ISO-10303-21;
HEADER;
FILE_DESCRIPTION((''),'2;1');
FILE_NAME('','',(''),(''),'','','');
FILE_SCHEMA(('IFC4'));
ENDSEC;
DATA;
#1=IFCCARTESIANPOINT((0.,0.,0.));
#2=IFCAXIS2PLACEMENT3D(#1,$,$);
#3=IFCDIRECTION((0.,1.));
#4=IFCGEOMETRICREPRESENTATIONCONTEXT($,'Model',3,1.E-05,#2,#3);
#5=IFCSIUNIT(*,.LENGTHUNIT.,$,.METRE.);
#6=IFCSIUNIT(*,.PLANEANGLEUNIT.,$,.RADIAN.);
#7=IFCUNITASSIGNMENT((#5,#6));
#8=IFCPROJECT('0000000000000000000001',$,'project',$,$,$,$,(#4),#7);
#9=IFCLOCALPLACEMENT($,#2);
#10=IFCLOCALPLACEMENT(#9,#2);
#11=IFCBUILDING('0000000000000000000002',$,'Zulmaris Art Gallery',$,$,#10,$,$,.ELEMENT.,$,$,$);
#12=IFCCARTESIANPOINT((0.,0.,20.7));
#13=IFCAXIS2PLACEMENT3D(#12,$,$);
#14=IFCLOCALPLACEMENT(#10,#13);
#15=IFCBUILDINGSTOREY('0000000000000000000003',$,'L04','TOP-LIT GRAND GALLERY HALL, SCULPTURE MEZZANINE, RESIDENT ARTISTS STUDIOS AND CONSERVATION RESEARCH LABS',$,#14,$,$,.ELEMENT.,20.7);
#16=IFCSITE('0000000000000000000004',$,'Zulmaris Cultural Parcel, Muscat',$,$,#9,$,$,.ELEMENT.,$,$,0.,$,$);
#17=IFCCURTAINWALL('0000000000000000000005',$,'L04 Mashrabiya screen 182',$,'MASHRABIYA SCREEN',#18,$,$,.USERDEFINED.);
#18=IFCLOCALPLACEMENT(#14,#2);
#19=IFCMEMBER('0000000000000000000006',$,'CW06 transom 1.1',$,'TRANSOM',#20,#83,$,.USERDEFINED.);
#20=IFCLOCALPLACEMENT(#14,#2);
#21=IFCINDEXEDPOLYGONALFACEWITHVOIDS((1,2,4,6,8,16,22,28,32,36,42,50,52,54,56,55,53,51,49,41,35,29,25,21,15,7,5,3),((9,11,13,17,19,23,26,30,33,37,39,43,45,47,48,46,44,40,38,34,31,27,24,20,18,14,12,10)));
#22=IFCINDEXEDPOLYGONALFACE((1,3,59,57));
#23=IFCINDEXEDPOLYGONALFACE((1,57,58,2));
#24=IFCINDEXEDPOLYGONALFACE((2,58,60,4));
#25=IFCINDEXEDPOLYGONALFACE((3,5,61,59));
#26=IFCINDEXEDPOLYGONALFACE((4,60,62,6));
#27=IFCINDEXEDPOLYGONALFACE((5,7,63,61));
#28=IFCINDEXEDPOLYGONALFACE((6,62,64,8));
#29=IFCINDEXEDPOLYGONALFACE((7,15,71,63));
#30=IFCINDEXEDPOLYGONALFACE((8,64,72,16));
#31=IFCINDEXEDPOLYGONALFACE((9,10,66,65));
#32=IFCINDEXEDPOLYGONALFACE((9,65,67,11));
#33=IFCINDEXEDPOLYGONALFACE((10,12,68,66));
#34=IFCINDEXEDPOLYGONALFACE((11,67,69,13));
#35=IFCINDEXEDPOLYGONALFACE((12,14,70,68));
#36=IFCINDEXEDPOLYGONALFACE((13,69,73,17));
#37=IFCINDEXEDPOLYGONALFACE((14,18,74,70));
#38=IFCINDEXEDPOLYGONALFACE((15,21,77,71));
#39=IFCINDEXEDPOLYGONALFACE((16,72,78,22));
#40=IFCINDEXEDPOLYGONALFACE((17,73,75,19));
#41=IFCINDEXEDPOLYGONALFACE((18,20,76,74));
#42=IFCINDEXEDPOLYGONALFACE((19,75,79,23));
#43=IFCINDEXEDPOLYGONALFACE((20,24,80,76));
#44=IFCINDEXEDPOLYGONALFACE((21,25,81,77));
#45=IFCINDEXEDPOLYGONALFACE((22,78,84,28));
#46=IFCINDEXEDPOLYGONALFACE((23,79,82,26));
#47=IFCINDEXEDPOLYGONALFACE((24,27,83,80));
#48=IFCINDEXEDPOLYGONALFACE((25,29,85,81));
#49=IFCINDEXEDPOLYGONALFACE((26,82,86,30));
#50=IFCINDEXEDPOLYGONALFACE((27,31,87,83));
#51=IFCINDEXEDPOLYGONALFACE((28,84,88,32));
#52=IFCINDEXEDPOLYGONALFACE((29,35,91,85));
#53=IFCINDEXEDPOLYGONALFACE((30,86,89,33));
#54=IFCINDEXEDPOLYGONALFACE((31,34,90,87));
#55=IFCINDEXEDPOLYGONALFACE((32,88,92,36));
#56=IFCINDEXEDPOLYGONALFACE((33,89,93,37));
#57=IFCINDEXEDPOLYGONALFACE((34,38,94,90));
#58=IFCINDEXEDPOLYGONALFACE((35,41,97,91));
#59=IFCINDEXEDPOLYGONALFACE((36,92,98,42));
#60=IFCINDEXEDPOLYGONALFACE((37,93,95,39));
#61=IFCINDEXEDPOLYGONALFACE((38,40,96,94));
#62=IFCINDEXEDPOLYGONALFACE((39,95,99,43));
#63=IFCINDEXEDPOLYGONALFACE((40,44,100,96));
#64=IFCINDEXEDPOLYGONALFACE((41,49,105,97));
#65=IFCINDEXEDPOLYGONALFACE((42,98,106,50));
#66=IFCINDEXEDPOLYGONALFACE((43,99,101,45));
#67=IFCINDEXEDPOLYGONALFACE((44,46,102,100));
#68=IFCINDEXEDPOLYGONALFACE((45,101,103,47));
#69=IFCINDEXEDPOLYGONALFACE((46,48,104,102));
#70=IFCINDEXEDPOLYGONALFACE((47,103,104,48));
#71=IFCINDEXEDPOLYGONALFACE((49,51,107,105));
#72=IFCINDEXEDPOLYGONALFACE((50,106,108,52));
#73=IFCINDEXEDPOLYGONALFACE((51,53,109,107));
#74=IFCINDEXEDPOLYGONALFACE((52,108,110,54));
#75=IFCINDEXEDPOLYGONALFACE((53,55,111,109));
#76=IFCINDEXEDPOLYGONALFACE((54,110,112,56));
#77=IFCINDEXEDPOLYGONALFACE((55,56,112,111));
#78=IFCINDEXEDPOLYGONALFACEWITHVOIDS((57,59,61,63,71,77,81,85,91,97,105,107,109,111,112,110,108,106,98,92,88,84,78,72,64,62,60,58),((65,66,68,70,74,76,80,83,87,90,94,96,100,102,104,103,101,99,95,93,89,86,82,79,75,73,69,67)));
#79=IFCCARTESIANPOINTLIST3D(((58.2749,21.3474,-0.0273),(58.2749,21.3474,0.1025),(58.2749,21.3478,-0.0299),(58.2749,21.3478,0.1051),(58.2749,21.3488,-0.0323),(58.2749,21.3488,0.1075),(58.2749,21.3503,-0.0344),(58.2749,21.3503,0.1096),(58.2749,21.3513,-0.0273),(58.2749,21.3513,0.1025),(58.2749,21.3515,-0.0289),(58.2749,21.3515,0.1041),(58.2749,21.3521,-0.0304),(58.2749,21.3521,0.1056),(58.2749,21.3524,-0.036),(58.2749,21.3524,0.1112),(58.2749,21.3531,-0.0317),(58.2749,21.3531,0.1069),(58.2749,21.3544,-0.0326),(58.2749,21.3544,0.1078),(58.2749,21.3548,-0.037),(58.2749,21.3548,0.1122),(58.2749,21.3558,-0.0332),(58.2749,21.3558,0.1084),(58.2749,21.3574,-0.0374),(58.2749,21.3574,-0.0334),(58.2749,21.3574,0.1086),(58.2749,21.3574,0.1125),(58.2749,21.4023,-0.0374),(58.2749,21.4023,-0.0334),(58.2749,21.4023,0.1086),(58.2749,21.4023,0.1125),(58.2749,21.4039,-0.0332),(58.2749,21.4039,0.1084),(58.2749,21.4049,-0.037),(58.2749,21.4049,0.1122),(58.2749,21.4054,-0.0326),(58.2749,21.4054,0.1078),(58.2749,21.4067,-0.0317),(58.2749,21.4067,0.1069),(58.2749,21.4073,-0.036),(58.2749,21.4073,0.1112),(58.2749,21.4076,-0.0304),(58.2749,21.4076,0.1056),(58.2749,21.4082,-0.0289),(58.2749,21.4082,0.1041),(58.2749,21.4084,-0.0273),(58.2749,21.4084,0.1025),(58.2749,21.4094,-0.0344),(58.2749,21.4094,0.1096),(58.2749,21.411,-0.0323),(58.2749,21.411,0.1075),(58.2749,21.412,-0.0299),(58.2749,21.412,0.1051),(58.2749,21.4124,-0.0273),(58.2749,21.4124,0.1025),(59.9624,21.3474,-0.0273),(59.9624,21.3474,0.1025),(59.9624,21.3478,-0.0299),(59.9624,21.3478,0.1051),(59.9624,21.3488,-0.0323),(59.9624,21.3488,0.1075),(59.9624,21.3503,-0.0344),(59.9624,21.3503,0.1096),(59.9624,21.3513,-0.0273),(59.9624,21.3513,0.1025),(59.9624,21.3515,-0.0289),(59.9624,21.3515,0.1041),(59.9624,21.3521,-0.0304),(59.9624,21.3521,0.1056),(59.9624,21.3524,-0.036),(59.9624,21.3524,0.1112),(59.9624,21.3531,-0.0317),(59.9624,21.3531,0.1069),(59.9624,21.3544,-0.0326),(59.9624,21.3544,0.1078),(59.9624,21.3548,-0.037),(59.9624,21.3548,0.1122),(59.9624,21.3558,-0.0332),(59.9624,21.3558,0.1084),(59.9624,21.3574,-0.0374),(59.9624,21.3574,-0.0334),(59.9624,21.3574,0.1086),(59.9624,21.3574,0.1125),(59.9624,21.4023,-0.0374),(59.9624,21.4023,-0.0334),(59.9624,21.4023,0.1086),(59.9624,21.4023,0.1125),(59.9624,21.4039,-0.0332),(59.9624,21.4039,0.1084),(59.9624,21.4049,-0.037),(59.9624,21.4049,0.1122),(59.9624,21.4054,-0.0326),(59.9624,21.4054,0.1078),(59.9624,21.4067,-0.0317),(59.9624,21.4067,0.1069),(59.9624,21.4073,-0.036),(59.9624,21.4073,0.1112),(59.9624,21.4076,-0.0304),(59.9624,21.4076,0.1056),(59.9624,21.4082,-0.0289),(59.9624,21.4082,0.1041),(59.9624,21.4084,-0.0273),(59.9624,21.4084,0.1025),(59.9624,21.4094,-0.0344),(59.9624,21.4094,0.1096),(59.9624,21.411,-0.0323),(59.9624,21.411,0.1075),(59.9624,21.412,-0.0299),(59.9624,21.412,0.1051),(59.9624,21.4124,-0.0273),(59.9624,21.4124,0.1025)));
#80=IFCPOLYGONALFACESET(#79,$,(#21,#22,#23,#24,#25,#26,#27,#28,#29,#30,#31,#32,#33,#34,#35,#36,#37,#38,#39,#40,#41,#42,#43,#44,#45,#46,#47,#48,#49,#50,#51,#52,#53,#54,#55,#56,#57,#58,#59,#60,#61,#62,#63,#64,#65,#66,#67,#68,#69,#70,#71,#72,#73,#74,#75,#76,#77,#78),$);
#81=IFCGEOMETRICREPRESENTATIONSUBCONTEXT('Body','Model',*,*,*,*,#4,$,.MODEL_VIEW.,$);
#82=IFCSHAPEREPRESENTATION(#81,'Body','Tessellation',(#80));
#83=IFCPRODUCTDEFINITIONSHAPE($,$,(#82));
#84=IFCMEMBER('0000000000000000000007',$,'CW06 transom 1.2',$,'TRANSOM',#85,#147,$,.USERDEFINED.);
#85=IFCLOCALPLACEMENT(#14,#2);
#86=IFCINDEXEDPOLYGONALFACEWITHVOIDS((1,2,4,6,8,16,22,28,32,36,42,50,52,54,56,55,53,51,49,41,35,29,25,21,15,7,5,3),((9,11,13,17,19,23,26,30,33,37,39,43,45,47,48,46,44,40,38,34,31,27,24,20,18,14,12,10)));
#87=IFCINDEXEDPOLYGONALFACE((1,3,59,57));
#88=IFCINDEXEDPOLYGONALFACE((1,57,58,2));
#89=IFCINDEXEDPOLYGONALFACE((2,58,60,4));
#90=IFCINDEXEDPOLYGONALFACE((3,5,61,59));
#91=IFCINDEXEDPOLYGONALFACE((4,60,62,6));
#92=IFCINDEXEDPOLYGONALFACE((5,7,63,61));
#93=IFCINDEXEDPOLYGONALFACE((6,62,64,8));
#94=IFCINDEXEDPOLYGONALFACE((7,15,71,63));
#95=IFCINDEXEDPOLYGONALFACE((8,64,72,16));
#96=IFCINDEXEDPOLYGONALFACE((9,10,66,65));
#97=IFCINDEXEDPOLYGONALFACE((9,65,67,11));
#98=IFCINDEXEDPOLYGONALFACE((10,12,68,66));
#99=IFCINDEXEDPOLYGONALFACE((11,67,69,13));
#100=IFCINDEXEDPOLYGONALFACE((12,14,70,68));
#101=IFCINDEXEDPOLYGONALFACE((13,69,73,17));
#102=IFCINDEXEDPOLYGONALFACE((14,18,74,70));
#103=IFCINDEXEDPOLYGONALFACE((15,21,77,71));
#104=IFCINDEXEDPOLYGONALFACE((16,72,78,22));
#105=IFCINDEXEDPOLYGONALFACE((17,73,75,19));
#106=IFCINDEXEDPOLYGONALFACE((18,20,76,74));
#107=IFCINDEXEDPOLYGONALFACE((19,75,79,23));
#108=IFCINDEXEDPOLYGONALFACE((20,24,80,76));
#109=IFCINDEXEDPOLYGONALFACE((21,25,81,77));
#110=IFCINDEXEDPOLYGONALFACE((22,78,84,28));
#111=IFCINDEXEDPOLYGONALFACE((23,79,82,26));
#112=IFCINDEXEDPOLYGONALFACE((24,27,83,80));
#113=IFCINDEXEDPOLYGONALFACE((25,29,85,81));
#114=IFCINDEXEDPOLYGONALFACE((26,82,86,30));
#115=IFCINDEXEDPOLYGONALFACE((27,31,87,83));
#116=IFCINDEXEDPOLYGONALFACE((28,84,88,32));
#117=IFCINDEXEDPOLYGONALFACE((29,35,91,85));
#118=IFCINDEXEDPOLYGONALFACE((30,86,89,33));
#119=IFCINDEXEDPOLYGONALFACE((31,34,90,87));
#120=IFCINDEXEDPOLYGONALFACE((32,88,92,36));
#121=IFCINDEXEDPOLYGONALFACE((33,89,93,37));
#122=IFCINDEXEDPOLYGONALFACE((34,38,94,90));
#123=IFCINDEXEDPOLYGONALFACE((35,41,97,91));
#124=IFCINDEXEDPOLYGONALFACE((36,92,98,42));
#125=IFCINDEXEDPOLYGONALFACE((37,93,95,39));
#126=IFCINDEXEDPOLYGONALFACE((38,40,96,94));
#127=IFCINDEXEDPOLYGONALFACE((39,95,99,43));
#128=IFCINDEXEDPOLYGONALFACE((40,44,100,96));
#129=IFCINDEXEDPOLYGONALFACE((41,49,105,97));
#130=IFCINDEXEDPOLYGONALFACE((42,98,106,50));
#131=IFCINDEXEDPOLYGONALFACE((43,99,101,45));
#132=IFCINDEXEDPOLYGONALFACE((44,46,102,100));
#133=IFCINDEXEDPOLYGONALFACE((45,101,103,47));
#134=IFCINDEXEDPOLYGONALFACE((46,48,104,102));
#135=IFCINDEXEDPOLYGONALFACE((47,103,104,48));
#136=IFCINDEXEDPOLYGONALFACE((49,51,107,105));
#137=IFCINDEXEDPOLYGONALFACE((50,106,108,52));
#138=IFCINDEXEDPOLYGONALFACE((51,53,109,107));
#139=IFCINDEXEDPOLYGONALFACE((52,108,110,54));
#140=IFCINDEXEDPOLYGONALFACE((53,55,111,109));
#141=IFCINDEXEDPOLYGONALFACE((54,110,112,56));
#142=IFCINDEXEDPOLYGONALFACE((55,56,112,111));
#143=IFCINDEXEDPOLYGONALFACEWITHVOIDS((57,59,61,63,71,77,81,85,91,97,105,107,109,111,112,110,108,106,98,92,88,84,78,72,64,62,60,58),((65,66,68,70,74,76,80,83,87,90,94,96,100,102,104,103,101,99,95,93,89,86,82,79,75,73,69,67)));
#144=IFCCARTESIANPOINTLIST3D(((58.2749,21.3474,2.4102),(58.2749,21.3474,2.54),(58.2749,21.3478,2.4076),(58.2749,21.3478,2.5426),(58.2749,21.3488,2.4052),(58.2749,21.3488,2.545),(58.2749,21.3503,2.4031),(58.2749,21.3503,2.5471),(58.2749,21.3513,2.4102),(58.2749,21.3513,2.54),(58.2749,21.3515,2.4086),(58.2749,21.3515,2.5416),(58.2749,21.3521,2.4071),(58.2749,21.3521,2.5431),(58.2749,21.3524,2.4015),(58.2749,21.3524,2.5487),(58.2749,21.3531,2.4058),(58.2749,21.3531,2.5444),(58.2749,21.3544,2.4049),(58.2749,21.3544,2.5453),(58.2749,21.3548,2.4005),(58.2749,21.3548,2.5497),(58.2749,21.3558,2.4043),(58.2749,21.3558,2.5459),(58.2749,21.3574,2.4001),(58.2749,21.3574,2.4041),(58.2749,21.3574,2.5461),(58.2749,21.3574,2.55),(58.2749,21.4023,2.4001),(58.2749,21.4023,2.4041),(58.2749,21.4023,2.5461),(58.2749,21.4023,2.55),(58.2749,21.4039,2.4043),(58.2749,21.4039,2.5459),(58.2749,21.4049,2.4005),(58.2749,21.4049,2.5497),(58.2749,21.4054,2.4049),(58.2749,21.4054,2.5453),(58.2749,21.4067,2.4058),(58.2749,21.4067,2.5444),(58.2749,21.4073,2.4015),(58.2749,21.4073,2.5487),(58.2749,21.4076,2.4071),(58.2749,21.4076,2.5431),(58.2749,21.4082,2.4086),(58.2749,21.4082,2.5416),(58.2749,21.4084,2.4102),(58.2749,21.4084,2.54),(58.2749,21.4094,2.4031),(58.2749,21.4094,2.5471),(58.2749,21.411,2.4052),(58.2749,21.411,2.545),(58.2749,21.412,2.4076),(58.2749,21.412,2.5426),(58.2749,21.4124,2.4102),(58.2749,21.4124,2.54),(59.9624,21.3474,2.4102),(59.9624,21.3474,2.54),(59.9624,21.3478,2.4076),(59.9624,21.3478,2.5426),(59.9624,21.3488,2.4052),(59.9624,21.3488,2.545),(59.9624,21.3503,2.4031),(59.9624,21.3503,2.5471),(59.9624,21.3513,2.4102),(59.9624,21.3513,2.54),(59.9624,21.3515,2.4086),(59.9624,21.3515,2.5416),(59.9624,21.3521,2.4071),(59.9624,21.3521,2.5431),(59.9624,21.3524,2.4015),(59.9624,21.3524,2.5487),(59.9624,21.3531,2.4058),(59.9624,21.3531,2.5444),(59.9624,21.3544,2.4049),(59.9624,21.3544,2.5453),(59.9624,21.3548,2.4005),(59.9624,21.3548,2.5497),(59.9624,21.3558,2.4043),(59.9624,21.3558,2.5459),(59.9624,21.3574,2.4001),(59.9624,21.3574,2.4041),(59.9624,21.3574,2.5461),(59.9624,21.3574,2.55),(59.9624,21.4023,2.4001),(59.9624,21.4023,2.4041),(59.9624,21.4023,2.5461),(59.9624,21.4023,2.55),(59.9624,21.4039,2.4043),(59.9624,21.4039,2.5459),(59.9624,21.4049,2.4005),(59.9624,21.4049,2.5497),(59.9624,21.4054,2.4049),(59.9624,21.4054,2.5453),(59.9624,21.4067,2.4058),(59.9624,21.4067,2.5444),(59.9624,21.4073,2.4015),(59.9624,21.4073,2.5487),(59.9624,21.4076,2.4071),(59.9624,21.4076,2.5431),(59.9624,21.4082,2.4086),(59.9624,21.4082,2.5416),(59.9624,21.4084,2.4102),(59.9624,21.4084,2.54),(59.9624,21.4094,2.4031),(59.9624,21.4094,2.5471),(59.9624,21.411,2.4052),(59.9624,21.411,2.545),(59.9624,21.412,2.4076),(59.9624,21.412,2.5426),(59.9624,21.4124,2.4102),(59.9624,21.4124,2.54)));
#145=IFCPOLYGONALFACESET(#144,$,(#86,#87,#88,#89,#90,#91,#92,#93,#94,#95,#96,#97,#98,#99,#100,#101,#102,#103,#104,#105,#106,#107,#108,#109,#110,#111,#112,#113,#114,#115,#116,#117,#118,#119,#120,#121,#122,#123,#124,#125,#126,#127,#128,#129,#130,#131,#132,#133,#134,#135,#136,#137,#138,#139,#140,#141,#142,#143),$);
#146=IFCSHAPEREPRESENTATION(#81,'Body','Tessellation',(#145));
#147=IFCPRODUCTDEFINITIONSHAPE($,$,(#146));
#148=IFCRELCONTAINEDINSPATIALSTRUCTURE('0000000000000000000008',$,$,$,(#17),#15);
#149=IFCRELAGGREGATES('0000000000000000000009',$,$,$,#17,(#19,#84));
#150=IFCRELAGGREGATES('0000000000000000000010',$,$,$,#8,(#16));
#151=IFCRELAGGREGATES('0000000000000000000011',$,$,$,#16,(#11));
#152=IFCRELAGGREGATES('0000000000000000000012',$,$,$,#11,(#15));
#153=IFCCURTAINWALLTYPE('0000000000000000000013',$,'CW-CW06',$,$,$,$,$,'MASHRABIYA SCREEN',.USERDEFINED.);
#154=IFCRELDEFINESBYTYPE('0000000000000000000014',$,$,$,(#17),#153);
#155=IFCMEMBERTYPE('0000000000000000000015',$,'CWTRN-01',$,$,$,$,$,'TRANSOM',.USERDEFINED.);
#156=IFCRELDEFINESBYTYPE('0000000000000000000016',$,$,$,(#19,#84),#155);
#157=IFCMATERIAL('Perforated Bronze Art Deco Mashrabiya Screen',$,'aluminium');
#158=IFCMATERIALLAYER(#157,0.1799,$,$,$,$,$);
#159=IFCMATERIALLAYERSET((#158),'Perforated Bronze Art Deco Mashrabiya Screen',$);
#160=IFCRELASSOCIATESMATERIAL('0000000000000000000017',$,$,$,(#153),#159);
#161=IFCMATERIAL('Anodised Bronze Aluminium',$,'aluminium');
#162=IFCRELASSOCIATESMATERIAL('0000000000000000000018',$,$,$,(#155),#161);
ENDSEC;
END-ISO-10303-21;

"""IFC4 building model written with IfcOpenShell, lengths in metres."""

from ifc_helpers import new_model, si_unit, direction, frame, origin, origin_2d, place, context, subcontext, project, spatial, hollow_rectangle, extrude, material, layer, layer_set, material_profile, profile_set, type_object, element, aggregate, save


model = new_model("IFC4")

# Units and contexts
model_context = context("Model", 3, precision=1e-05, world=origin(), true_north=direction((0.0, 1.0)))
body_context = subcontext(model_context, "Body", "Model", "MODEL_VIEW")
ifc_project = project(units=[si_unit("LENGTHUNIT", "METRE"), si_unit("PLANEANGLEUNIT", "RADIAN")], contexts=[model_context])

# Site, building, storey
site_placement = place(None, origin())
site = spatial("IfcSite", under=ifc_project, at=site_placement, Name="Zulmaris Cultural Parcel, Muscat", CompositionType="ELEMENT", RefElevation=0.0)
building_placement = place(site_placement, origin())
building = spatial("IfcBuilding", under=site, at=building_placement, Name="Zulmaris Art Gallery", CompositionType="ELEMENT")
storey_placement = place(building_placement, frame((0.0, 0.0, 20.7)))
storey = spatial("IfcBuildingStorey", under=building, at=storey_placement, Name="L04", Description="TOP-LIT GRAND GALLERY HALL, SCULPTURE MEZZANINE, RESIDENT ARTISTS STUDIOS AND CONSERVATION RESEARCH LABS", CompositionType="ELEMENT", Elevation=20.7)

# Shared definitions
ifc_material_1 = material(Name="Anodised Bronze Aluminium", Category="aluminium")

# Curtain wall
ifc_material_2 = material(Name="Perforated Bronze Art Deco Mashrabiya Screen", Category="aluminium")
ifc_layer_1 = layer(ifc_material_2, 0.1799)
ifc_layer_set_1 = layer_set([ifc_layer_1], Name="Perforated Bronze Art Deco Mashrabiya Screen")
curtain_wall_type_1 = type_object("IfcCurtainWallType", Name="CW-CW06", ElementType="MASHRABIYA SCREEN", PredefinedType="USERDEFINED", material=ifc_layer_set_1)
curtain_wall_1_placement = place(storey_placement, origin())
curtain_wall_1 = element("IfcCurtainWall", 1, at=curtain_wall_1_placement, inside=storey, type_object=curtain_wall_type_1, Name="L04 Mashrabiya screen 182", ObjectType="MASHRABIYA SCREEN", PredefinedType="USERDEFINED")

# Members
ifc_material_profile_1 = material_profile(ifc_material_1, hollow_rectangle(XDim=0.0649, YDim=0.1499, WallThickness=0.0039, InnerFilletRadius=0.0061, OuterFilletRadius=0.01, at=origin_2d()), Name="ALU 65x150x4")
ifc_profile_set_1 = profile_set([ifc_material_profile_1], Name="Anodised Bronze Aluminium")
member_type_1 = type_object("IfcMemberType", Name="CWTRN-01", ElementType="TRANSOM", PredefinedType="USERDEFINED", material=ifc_profile_set_1)
member_1_placement = place(storey_placement, frame((58.2749, 21.3799, 0.0376), z_axis=(1.0, 0.0, 0.0), x_axis=(0.0, 1.0, 0.0)))
member_1 = element("IfcMember", 2, at=member_1_placement, type_object=member_type_1, Name="CW06 transom 1.1", ObjectType="TRANSOM", PredefinedType="USERDEFINED", context=body_context, shape_type="SweptSolid", body=[
    extrude(hollow_rectangle(XDim=0.0649, YDim=0.1499, WallThickness=0.0039, InnerFilletRadius=0.0061, OuterFilletRadius=0.01, at=origin_2d()), origin(), (0.0, 0.0, 1.0), 1.6875),
])
member_2_placement = place(storey_placement, frame((58.2749, 21.3799, 2.4751), z_axis=(1.0, 0.0, 0.0), x_axis=(0.0, 1.0, 0.0)))
member_2 = element("IfcMember", 3, at=member_2_placement, type_object=member_type_1, Name="CW06 transom 1.2", ObjectType="TRANSOM", PredefinedType="USERDEFINED", context=body_context, shape_type="SweptSolid", body=[
    extrude(hollow_rectangle(XDim=0.0649, YDim=0.1499, WallThickness=0.0039, InnerFilletRadius=0.0061, OuterFilletRadius=0.01, at=origin_2d()), origin(), (0.0, 0.0, 1.0), 1.6875),
])

aggregate(curtain_wall_1, [member_1, member_2])

save(model, "model.ifc")
